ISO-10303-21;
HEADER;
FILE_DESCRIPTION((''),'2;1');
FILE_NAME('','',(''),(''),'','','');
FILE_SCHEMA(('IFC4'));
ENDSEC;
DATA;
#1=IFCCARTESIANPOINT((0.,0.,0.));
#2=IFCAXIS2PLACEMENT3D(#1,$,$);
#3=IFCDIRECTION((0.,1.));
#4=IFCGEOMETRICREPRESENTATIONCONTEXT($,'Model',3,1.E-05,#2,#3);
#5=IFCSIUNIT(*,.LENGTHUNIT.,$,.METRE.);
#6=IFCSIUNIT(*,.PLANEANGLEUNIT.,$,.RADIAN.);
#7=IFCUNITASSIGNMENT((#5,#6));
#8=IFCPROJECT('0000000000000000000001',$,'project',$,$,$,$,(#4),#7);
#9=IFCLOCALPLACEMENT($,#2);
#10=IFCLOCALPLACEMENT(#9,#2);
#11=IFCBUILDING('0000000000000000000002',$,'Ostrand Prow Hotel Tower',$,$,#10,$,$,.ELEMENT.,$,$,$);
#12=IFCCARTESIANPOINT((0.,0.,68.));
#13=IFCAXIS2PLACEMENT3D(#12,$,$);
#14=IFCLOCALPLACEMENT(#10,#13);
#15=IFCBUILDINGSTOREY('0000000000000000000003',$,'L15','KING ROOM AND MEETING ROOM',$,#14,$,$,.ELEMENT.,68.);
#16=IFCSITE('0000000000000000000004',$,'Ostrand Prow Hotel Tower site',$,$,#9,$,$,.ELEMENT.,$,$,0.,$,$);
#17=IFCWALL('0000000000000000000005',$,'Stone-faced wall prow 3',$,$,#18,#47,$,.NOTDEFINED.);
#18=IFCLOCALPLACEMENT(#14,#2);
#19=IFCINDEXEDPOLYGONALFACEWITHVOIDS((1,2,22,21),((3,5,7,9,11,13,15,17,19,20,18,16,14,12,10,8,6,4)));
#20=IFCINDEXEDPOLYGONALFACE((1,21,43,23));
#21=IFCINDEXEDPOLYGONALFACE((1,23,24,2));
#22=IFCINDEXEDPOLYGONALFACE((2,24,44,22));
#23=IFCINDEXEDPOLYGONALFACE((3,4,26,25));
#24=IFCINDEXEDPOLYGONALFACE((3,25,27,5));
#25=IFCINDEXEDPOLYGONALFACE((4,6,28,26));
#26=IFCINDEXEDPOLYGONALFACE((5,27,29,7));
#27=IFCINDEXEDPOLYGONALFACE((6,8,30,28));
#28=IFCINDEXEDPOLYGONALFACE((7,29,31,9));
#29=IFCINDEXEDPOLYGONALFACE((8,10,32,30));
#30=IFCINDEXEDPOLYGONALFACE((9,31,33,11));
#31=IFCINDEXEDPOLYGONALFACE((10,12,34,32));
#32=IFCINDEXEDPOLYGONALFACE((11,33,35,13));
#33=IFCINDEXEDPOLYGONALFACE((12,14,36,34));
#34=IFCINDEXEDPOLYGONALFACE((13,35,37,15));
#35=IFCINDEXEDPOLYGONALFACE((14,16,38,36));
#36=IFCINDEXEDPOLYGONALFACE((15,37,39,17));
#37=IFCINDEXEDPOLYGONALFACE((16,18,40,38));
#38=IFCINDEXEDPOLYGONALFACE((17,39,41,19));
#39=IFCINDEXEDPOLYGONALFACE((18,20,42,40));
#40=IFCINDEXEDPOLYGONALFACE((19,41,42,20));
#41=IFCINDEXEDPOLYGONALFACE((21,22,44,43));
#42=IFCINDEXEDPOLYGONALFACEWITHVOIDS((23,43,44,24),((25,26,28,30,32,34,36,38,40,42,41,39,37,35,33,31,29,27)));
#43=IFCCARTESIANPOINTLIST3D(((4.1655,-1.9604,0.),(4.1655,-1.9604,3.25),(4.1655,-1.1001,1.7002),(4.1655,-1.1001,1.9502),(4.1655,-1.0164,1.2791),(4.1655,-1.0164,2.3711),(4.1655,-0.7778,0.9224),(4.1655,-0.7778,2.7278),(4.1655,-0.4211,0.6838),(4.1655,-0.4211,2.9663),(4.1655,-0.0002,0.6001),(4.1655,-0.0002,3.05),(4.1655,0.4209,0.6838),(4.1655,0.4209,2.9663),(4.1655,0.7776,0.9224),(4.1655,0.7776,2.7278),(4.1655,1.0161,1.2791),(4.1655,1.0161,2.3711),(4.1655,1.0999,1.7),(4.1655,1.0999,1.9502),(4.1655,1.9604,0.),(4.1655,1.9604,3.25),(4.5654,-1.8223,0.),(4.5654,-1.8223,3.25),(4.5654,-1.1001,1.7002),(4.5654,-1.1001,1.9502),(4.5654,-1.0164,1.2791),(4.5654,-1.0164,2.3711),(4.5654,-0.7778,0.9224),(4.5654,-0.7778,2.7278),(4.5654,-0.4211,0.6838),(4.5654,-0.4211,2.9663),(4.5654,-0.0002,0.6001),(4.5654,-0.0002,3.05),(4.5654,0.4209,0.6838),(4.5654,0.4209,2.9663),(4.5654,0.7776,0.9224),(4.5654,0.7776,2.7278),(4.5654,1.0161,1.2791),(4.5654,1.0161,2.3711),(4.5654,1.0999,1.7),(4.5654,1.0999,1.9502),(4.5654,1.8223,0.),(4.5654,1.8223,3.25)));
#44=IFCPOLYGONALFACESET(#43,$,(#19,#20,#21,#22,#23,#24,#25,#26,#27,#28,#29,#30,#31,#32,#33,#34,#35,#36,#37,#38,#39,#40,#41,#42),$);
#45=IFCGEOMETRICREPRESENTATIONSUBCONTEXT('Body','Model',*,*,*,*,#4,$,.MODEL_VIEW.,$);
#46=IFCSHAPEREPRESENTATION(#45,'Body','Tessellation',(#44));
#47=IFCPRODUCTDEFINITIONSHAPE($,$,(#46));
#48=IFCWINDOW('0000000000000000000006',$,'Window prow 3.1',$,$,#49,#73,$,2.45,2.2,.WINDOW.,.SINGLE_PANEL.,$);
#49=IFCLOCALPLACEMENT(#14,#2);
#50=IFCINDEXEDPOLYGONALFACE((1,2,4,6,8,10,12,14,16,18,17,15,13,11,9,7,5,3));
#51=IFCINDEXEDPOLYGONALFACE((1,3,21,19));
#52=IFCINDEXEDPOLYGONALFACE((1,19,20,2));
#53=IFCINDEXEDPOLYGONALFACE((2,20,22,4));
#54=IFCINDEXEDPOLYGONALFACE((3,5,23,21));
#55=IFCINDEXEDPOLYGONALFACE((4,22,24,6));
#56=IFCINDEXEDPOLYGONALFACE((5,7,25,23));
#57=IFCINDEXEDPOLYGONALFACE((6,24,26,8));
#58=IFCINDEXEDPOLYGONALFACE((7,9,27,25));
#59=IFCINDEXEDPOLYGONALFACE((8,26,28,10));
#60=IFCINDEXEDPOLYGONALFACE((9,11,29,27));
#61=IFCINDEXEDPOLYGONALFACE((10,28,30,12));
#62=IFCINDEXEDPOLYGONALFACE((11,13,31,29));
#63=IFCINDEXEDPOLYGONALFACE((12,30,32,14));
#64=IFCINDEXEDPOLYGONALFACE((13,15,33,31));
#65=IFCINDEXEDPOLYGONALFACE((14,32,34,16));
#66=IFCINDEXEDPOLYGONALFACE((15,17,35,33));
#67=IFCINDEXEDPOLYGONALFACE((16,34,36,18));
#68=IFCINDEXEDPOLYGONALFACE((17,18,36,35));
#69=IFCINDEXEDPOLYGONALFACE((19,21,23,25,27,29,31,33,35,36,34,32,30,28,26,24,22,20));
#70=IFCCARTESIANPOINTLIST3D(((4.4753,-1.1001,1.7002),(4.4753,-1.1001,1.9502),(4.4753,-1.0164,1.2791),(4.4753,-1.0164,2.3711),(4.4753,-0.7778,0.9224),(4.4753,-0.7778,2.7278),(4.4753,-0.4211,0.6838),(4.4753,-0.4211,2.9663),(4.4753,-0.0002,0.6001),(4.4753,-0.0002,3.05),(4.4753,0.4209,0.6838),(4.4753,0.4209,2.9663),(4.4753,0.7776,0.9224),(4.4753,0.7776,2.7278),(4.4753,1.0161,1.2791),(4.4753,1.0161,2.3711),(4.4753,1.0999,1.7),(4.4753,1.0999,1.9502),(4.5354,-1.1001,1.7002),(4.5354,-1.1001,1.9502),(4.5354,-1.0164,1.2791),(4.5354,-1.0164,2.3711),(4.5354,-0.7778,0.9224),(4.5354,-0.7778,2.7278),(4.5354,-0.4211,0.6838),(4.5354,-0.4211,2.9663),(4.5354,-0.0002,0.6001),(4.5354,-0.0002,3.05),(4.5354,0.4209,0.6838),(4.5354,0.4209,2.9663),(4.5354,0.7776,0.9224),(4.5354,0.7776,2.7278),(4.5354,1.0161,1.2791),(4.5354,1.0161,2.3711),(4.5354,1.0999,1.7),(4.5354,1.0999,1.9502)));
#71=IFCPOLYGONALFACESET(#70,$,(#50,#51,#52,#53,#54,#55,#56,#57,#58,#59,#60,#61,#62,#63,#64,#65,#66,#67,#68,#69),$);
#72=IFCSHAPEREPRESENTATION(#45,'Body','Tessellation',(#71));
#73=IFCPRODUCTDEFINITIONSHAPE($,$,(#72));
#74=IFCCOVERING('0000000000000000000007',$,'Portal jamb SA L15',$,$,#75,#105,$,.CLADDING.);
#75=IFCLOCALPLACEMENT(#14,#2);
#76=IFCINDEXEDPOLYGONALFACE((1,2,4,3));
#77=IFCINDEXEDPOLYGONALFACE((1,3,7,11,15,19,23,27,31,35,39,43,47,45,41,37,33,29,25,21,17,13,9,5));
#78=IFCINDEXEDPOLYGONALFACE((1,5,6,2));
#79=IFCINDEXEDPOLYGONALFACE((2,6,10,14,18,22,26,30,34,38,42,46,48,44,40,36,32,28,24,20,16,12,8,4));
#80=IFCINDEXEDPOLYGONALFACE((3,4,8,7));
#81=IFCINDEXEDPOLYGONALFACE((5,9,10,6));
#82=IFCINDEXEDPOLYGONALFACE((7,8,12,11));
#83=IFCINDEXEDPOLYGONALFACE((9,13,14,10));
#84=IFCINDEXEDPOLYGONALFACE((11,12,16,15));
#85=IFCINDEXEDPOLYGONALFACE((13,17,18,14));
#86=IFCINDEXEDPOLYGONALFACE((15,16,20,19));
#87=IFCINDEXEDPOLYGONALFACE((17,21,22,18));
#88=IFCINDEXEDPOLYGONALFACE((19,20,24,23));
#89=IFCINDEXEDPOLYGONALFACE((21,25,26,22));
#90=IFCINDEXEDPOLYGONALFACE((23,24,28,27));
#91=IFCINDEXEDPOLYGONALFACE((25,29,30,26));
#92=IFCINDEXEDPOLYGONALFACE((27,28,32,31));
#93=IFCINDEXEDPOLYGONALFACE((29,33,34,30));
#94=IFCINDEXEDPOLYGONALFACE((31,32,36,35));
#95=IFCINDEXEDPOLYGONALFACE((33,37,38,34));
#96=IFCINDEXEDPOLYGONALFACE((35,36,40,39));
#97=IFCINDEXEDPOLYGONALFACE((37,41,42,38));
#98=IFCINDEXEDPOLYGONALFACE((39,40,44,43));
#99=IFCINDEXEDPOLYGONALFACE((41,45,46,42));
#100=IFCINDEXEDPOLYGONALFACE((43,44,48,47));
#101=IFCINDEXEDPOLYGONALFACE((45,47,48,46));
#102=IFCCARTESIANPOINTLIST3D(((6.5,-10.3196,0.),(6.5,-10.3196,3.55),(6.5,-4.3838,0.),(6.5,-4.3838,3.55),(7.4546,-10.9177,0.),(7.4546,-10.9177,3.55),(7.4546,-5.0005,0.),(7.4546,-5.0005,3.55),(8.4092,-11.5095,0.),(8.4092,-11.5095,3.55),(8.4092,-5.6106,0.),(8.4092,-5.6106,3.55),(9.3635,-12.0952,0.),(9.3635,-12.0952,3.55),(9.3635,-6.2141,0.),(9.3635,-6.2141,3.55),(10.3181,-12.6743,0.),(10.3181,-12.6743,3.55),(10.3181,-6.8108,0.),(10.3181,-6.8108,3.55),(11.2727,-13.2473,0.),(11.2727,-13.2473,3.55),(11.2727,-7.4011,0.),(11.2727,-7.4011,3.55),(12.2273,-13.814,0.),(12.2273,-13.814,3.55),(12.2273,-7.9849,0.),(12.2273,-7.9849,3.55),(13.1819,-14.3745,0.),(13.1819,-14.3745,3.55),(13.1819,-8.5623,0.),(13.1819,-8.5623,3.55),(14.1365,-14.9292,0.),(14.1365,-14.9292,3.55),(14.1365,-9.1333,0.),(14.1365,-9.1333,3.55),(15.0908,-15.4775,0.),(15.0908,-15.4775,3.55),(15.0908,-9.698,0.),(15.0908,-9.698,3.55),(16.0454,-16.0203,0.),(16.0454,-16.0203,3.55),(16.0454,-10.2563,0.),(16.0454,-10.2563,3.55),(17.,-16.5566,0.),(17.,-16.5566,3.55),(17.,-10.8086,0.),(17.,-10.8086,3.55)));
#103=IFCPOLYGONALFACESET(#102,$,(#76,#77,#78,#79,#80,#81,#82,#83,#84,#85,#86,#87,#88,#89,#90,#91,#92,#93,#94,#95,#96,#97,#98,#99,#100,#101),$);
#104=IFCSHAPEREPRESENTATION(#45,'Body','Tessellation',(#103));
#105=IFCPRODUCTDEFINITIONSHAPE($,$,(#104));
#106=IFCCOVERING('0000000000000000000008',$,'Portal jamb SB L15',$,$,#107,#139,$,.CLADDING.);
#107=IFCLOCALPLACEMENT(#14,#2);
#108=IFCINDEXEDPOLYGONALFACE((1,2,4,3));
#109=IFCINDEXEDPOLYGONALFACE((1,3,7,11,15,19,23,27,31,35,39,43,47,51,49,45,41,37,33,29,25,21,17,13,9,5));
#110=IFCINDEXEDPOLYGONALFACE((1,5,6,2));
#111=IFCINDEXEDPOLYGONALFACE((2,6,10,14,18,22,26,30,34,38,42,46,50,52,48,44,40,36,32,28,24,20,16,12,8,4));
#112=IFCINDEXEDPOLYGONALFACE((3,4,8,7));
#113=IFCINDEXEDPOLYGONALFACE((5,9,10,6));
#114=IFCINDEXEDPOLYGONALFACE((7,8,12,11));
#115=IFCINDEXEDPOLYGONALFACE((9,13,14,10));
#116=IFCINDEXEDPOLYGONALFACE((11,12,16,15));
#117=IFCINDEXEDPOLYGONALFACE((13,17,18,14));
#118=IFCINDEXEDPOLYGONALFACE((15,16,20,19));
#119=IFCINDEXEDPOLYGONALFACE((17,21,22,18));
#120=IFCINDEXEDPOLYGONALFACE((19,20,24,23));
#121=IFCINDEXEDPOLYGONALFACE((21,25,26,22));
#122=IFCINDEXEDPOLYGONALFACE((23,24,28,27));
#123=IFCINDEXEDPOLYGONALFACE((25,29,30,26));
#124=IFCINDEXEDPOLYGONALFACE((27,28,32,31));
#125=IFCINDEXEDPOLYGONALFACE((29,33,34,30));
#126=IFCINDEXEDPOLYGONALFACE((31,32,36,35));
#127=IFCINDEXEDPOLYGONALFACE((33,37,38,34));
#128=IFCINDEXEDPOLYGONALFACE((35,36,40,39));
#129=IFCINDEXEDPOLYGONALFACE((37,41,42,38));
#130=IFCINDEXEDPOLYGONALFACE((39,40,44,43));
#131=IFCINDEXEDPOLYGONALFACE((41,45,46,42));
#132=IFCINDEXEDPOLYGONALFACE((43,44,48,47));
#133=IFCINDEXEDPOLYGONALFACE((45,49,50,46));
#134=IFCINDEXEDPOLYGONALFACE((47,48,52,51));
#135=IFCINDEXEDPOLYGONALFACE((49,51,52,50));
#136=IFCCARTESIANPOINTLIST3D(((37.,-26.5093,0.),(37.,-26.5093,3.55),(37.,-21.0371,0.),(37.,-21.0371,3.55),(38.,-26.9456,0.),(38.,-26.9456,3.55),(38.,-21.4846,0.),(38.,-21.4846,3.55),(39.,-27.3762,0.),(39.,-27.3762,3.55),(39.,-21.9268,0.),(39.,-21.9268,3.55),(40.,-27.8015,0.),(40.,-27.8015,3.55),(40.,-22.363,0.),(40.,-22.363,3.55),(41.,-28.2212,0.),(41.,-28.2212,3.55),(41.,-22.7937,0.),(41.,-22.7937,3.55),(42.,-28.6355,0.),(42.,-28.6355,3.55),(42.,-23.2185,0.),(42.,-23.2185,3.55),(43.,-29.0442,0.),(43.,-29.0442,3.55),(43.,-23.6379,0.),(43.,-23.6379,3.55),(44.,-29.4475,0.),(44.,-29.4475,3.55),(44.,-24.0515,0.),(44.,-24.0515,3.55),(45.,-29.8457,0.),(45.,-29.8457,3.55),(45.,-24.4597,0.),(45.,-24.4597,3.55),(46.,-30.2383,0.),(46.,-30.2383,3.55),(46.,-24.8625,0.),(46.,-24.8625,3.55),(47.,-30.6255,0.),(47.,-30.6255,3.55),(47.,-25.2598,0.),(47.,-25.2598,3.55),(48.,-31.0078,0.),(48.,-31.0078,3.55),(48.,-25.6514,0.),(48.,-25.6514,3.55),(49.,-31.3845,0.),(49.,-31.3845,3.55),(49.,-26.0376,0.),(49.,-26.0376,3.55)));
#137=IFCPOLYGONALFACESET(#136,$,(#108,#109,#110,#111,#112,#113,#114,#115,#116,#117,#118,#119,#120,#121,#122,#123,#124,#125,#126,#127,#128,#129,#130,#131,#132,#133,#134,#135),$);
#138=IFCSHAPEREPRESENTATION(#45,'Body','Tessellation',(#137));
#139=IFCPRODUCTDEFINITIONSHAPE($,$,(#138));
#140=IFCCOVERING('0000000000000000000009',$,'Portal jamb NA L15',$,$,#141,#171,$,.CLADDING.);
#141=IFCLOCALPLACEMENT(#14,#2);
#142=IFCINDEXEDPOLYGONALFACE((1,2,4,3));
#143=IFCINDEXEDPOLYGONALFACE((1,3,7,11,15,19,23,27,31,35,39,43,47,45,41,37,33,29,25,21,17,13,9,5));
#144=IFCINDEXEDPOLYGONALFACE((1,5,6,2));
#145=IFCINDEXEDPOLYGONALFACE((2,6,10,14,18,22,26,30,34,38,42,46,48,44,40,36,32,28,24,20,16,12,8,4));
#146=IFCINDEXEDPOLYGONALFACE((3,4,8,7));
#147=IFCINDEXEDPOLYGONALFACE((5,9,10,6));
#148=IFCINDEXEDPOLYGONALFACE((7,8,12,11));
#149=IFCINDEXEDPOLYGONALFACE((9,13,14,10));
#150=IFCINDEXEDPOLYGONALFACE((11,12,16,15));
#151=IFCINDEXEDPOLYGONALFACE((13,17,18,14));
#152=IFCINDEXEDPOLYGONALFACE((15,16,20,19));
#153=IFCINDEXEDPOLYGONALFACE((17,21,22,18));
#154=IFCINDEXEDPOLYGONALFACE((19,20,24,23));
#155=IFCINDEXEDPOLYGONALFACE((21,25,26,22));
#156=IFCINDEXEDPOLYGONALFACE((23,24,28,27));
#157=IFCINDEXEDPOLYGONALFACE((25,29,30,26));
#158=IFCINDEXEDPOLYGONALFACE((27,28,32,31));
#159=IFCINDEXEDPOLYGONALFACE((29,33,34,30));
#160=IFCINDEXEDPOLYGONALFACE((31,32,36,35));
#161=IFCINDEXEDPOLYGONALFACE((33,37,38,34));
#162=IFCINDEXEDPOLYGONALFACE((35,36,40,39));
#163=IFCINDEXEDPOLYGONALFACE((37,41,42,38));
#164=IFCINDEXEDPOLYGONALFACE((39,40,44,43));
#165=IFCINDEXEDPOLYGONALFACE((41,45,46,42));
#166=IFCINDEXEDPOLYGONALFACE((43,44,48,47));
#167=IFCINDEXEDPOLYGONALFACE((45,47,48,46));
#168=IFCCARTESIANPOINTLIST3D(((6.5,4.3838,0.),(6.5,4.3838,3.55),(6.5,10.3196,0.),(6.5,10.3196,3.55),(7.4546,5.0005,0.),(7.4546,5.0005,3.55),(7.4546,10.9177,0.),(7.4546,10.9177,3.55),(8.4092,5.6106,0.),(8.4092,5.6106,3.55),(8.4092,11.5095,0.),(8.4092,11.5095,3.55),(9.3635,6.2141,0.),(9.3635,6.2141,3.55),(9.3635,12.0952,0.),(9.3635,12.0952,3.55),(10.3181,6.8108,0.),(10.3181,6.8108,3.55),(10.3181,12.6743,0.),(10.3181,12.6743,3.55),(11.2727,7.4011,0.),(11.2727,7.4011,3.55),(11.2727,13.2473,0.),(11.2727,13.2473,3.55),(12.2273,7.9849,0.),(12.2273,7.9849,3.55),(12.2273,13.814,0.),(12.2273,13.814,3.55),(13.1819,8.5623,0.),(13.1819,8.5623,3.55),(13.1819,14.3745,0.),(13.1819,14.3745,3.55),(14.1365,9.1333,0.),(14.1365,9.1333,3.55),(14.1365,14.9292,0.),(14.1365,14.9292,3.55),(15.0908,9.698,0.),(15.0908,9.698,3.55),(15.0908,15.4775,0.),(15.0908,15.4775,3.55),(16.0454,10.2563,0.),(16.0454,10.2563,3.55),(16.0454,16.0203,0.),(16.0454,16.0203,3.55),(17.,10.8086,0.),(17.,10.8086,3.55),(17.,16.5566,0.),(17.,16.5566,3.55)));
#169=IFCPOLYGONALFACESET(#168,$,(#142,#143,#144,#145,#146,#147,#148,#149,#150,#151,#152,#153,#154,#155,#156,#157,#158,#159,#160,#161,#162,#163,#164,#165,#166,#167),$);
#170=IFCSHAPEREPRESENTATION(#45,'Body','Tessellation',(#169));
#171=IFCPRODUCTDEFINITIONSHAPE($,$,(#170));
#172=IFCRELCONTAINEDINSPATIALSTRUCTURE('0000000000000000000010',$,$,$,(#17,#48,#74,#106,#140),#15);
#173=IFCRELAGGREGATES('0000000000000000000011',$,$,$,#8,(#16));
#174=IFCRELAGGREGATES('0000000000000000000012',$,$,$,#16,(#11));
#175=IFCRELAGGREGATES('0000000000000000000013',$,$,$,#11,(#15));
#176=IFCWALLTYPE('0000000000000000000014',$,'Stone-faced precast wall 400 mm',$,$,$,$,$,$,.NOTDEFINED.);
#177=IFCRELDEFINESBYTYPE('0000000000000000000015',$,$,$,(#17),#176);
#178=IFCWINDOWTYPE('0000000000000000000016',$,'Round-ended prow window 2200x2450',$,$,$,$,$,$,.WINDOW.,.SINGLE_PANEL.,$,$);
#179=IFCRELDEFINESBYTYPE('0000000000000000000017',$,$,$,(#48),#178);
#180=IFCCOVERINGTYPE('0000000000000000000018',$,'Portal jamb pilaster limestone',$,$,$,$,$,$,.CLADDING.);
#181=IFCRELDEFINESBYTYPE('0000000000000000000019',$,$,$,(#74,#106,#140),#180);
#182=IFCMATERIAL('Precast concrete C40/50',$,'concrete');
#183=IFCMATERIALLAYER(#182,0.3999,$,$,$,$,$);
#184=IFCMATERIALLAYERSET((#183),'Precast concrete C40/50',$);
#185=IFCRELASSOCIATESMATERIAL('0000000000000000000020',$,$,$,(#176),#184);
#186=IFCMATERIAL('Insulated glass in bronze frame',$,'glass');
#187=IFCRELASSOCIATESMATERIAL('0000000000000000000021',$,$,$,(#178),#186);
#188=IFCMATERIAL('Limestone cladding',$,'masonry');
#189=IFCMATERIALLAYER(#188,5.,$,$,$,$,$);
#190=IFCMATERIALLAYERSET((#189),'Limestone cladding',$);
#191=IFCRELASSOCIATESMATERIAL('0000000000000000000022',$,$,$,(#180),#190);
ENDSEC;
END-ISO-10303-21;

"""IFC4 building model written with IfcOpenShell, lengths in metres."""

from ifc_helpers import new_model, si_unit, direction, frame, origin, place, context, subcontext, project, spatial, polyline, outline, extrude, material, layer, layer_set, type_object, element, fill, save


model = new_model("IFC4")

# Units and contexts
model_context = context("Model", 3, precision=1e-05, world=origin(), true_north=direction((0.0, 1.0)))
body_context = subcontext(model_context, "Body", "Model", "MODEL_VIEW")
ifc_project = project(units=[si_unit("LENGTHUNIT", "METRE"), si_unit("PLANEANGLEUNIT", "RADIAN")], contexts=[model_context])

# Site, building, storey
site_placement = place(None, origin())
site = spatial("IfcSite", under=ifc_project, at=site_placement, Name="Ostrand Prow Hotel Tower site", CompositionType="ELEMENT", RefElevation=0.0)
building_placement = place(site_placement, origin())
building = spatial("IfcBuilding", under=site, at=building_placement, Name="Ostrand Prow Hotel Tower", CompositionType="ELEMENT")
storey_placement = place(building_placement, frame((0.0, 0.0, 68.0)))
storey = spatial("IfcBuildingStorey", under=building, at=storey_placement, Name="L15", Description="KING ROOM AND MEETING ROOM", CompositionType="ELEMENT", Elevation=68.0)

# Wall, opening, window
ifc_material_1 = material(Name="Precast concrete C40/50", Category="concrete")
ifc_layer_1 = layer(ifc_material_1, 0.3999)
ifc_layer_set_1 = layer_set([ifc_layer_1], Name="Precast concrete C40/50")
wall_type_1 = type_object("IfcWallType", Name="Stone-faced precast wall 400 mm", PredefinedType="NOTDEFINED", material=ifc_layer_set_1)
ifc_material_2 = material(Name="Insulated glass in bronze frame", Category="glass")
window_type = type_object("IfcWindowType", Name="Round-ended prow window 2200x2450", PartitioningType="SINGLE_PANEL", PredefinedType="WINDOW", material=ifc_material_2)
wall_1_placement = place(storey_placement, frame((4.3655, 1.8914, 0.0), z_axis=(0.0, 0.0, 1.0), x_axis=(0.0, -1.0, 0.0)))
wall_1 = element("IfcWall", 1, at=wall_1_placement, inside=storey, type_object=wall_type_1, Name="Stone-faced wall prow 3", PredefinedType="NOTDEFINED", context=body_context, shape_type="SweptSolid", body=[
    extrude(outline(polyline([(-0.0691, -0.2), (3.8518, -0.2), (3.7136, 0.2), (0.0691, 0.2), (-0.0691, -0.2)])), origin(), (0.0, 0.0, 1.0), 3.25),
])
opening_1_placement = place(wall_1_placement, frame((0.7915, 0.0, 0.6001)))
opening_1 = element("IfcOpeningElement", 2, at=opening_1_placement, cuts=wall_1, PredefinedType="OPENING", context=body_context, shape_type="SweptSolid", body=[
    extrude(outline(polyline([(0.0, 1.3501), (0.0837, 1.771), (0.3223, 2.1277), (0.679, 2.3662), (1.1001, 2.45), (1.521, 2.3662), (1.8777, 2.1277), (2.1162, 1.771), (2.2, 1.3501), (2.2, 1.1001), (2.1162, 0.679), (1.8777, 0.3223), (1.521, 0.0837), (1.1001, 0.0), (0.679, 0.0837), (0.3223, 0.3223), (0.0837, 0.679), (0.0, 1.0999), (0.0, 1.3501)])), frame((0.0, 0.21, 0.0), z_axis=(0.0, -1.0, 0.0), x_axis=(1.0, 0.0, 0.0)), (0.0, 0.0, 1.0), 0.4199),
])
window_1_placement = place(opening_1_placement, origin())
window_1 = element("IfcWindow", 3, at=window_1_placement, inside=storey, type_object=window_type, Name="Window prow 3.1", OverallHeight=2.45, OverallWidth=2.2, PartitioningType="SINGLE_PANEL", PredefinedType="WINDOW", context=body_context, shape_type="SweptSolid", body=[
    extrude(outline(polyline([(0.0, 1.3501), (0.0837, 1.771), (0.3223, 2.1277), (0.679, 2.3662), (1.1001, 2.45), (1.521, 2.3662), (1.8777, 2.1277), (2.1162, 1.771), (2.2, 1.3501), (2.2, 1.1001), (2.1162, 0.679), (1.8777, 0.3223), (1.521, 0.0837), (1.1001, 0.0), (0.679, 0.0837), (0.3223, 0.3223), (0.0837, 0.679), (0.0, 1.0999), (0.0, 1.3501)])), frame((0.0, 0.1699, 0.0), z_axis=(0.0, -1.0, 0.0), x_axis=(1.0, 0.0, 0.0)), (0.0, 0.0, 1.0), 0.0601),
])
fill(opening_1, window_1)

# Coverings
ifc_material_3 = material(Name="Limestone cladding", Category="masonry")
ifc_layer_2 = layer(ifc_material_3, 5.0)
ifc_layer_set_2 = layer_set([ifc_layer_2], Name="Limestone cladding")
covering_type_1 = type_object("IfcCoveringType", Name="Portal jamb pilaster limestone", PredefinedType="CLADDING", material=ifc_layer_set_2)
covering_1_placement = place(storey_placement, origin())
element("IfcCovering", 4, at=covering_1_placement, inside=storey, type_object=covering_type_1, Name="Portal jamb SA L15", PredefinedType="CLADDING", context=body_context, shape_type="SweptSolid", body=[
    extrude(outline(polyline([(6.5, -4.3838), (6.5, -10.3196), (7.4546, -10.9177), (8.4092, -11.5095), (9.3635, -12.0952), (10.3181, -12.6743), (11.2727, -13.2473), (12.2273, -13.814), (13.1819, -14.3745), (14.1365, -14.9292), (15.0908, -15.4775), (16.0454, -16.0203), (17.0, -16.5566), (17.0, -10.8086), (16.0454, -10.2563), (15.0908, -9.698), (14.1365, -9.1333), (13.1819, -8.5623), (12.2273, -7.9849), (11.2727, -7.4011), (10.3181, -6.8108), (9.3635, -6.2141), (8.4092, -5.6106), (7.4546, -5.0005), (6.5, -4.3838)])), origin(), (0.0, 0.0, 1.0), 3.55),
])
covering_2_placement = place(storey_placement, origin())
element("IfcCovering", 5, at=covering_2_placement, inside=storey, type_object=covering_type_1, Name="Portal jamb SB L15", PredefinedType="CLADDING", context=body_context, shape_type="SweptSolid", body=[
    extrude(outline(polyline([(37.0, -21.0371), (37.0, -26.5093), (38.0, -26.9456), (39.0, -27.3762), (40.0, -27.8015), (41.0, -28.2212), (42.0, -28.6355), (43.0, -29.0442), (44.0, -29.4475), (45.0, -29.8457), (46.0, -30.2383), (47.0, -30.6255), (48.0, -31.0078), (49.0, -31.3845), (49.0, -26.0376), (48.0, -25.6514), (47.0, -25.2598), (46.0, -24.8625), (45.0, -24.4597), (44.0, -24.0515), (43.0, -23.6379), (42.0, -23.2185), (41.0, -22.7937), (40.0, -22.363), (39.0, -21.9268), (38.0, -21.4846), (37.0, -21.0371)])), origin(), (0.0, 0.0, 1.0), 3.55),
])
covering_3_placement = place(storey_placement, origin())
element("IfcCovering", 6, at=covering_3_placement, inside=storey, type_object=covering_type_1, Name="Portal jamb NA L15", PredefinedType="CLADDING", context=body_context, shape_type="SweptSolid", body=[
    extrude(outline(polyline([(6.5, 4.3838), (7.4546, 5.0005), (8.4092, 5.6106), (9.3635, 6.2141), (10.3181, 6.8108), (11.2727, 7.4011), (12.2273, 7.9849), (13.1819, 8.5623), (14.1365, 9.1333), (15.0908, 9.698), (16.0454, 10.2563), (17.0, 10.8086), (17.0, 16.5566), (16.0454, 16.0203), (15.0908, 15.4775), (14.1365, 14.9292), (13.1819, 14.3745), (12.2273, 13.814), (11.2727, 13.2473), (10.3181, 12.6743), (9.3635, 12.0952), (8.4092, 11.5095), (7.4546, 10.9177), (6.5, 10.3196), (6.5, 4.3838)])), origin(), (0.0, 0.0, 1.0), 3.55),
])

save(model, "model.ifc")
